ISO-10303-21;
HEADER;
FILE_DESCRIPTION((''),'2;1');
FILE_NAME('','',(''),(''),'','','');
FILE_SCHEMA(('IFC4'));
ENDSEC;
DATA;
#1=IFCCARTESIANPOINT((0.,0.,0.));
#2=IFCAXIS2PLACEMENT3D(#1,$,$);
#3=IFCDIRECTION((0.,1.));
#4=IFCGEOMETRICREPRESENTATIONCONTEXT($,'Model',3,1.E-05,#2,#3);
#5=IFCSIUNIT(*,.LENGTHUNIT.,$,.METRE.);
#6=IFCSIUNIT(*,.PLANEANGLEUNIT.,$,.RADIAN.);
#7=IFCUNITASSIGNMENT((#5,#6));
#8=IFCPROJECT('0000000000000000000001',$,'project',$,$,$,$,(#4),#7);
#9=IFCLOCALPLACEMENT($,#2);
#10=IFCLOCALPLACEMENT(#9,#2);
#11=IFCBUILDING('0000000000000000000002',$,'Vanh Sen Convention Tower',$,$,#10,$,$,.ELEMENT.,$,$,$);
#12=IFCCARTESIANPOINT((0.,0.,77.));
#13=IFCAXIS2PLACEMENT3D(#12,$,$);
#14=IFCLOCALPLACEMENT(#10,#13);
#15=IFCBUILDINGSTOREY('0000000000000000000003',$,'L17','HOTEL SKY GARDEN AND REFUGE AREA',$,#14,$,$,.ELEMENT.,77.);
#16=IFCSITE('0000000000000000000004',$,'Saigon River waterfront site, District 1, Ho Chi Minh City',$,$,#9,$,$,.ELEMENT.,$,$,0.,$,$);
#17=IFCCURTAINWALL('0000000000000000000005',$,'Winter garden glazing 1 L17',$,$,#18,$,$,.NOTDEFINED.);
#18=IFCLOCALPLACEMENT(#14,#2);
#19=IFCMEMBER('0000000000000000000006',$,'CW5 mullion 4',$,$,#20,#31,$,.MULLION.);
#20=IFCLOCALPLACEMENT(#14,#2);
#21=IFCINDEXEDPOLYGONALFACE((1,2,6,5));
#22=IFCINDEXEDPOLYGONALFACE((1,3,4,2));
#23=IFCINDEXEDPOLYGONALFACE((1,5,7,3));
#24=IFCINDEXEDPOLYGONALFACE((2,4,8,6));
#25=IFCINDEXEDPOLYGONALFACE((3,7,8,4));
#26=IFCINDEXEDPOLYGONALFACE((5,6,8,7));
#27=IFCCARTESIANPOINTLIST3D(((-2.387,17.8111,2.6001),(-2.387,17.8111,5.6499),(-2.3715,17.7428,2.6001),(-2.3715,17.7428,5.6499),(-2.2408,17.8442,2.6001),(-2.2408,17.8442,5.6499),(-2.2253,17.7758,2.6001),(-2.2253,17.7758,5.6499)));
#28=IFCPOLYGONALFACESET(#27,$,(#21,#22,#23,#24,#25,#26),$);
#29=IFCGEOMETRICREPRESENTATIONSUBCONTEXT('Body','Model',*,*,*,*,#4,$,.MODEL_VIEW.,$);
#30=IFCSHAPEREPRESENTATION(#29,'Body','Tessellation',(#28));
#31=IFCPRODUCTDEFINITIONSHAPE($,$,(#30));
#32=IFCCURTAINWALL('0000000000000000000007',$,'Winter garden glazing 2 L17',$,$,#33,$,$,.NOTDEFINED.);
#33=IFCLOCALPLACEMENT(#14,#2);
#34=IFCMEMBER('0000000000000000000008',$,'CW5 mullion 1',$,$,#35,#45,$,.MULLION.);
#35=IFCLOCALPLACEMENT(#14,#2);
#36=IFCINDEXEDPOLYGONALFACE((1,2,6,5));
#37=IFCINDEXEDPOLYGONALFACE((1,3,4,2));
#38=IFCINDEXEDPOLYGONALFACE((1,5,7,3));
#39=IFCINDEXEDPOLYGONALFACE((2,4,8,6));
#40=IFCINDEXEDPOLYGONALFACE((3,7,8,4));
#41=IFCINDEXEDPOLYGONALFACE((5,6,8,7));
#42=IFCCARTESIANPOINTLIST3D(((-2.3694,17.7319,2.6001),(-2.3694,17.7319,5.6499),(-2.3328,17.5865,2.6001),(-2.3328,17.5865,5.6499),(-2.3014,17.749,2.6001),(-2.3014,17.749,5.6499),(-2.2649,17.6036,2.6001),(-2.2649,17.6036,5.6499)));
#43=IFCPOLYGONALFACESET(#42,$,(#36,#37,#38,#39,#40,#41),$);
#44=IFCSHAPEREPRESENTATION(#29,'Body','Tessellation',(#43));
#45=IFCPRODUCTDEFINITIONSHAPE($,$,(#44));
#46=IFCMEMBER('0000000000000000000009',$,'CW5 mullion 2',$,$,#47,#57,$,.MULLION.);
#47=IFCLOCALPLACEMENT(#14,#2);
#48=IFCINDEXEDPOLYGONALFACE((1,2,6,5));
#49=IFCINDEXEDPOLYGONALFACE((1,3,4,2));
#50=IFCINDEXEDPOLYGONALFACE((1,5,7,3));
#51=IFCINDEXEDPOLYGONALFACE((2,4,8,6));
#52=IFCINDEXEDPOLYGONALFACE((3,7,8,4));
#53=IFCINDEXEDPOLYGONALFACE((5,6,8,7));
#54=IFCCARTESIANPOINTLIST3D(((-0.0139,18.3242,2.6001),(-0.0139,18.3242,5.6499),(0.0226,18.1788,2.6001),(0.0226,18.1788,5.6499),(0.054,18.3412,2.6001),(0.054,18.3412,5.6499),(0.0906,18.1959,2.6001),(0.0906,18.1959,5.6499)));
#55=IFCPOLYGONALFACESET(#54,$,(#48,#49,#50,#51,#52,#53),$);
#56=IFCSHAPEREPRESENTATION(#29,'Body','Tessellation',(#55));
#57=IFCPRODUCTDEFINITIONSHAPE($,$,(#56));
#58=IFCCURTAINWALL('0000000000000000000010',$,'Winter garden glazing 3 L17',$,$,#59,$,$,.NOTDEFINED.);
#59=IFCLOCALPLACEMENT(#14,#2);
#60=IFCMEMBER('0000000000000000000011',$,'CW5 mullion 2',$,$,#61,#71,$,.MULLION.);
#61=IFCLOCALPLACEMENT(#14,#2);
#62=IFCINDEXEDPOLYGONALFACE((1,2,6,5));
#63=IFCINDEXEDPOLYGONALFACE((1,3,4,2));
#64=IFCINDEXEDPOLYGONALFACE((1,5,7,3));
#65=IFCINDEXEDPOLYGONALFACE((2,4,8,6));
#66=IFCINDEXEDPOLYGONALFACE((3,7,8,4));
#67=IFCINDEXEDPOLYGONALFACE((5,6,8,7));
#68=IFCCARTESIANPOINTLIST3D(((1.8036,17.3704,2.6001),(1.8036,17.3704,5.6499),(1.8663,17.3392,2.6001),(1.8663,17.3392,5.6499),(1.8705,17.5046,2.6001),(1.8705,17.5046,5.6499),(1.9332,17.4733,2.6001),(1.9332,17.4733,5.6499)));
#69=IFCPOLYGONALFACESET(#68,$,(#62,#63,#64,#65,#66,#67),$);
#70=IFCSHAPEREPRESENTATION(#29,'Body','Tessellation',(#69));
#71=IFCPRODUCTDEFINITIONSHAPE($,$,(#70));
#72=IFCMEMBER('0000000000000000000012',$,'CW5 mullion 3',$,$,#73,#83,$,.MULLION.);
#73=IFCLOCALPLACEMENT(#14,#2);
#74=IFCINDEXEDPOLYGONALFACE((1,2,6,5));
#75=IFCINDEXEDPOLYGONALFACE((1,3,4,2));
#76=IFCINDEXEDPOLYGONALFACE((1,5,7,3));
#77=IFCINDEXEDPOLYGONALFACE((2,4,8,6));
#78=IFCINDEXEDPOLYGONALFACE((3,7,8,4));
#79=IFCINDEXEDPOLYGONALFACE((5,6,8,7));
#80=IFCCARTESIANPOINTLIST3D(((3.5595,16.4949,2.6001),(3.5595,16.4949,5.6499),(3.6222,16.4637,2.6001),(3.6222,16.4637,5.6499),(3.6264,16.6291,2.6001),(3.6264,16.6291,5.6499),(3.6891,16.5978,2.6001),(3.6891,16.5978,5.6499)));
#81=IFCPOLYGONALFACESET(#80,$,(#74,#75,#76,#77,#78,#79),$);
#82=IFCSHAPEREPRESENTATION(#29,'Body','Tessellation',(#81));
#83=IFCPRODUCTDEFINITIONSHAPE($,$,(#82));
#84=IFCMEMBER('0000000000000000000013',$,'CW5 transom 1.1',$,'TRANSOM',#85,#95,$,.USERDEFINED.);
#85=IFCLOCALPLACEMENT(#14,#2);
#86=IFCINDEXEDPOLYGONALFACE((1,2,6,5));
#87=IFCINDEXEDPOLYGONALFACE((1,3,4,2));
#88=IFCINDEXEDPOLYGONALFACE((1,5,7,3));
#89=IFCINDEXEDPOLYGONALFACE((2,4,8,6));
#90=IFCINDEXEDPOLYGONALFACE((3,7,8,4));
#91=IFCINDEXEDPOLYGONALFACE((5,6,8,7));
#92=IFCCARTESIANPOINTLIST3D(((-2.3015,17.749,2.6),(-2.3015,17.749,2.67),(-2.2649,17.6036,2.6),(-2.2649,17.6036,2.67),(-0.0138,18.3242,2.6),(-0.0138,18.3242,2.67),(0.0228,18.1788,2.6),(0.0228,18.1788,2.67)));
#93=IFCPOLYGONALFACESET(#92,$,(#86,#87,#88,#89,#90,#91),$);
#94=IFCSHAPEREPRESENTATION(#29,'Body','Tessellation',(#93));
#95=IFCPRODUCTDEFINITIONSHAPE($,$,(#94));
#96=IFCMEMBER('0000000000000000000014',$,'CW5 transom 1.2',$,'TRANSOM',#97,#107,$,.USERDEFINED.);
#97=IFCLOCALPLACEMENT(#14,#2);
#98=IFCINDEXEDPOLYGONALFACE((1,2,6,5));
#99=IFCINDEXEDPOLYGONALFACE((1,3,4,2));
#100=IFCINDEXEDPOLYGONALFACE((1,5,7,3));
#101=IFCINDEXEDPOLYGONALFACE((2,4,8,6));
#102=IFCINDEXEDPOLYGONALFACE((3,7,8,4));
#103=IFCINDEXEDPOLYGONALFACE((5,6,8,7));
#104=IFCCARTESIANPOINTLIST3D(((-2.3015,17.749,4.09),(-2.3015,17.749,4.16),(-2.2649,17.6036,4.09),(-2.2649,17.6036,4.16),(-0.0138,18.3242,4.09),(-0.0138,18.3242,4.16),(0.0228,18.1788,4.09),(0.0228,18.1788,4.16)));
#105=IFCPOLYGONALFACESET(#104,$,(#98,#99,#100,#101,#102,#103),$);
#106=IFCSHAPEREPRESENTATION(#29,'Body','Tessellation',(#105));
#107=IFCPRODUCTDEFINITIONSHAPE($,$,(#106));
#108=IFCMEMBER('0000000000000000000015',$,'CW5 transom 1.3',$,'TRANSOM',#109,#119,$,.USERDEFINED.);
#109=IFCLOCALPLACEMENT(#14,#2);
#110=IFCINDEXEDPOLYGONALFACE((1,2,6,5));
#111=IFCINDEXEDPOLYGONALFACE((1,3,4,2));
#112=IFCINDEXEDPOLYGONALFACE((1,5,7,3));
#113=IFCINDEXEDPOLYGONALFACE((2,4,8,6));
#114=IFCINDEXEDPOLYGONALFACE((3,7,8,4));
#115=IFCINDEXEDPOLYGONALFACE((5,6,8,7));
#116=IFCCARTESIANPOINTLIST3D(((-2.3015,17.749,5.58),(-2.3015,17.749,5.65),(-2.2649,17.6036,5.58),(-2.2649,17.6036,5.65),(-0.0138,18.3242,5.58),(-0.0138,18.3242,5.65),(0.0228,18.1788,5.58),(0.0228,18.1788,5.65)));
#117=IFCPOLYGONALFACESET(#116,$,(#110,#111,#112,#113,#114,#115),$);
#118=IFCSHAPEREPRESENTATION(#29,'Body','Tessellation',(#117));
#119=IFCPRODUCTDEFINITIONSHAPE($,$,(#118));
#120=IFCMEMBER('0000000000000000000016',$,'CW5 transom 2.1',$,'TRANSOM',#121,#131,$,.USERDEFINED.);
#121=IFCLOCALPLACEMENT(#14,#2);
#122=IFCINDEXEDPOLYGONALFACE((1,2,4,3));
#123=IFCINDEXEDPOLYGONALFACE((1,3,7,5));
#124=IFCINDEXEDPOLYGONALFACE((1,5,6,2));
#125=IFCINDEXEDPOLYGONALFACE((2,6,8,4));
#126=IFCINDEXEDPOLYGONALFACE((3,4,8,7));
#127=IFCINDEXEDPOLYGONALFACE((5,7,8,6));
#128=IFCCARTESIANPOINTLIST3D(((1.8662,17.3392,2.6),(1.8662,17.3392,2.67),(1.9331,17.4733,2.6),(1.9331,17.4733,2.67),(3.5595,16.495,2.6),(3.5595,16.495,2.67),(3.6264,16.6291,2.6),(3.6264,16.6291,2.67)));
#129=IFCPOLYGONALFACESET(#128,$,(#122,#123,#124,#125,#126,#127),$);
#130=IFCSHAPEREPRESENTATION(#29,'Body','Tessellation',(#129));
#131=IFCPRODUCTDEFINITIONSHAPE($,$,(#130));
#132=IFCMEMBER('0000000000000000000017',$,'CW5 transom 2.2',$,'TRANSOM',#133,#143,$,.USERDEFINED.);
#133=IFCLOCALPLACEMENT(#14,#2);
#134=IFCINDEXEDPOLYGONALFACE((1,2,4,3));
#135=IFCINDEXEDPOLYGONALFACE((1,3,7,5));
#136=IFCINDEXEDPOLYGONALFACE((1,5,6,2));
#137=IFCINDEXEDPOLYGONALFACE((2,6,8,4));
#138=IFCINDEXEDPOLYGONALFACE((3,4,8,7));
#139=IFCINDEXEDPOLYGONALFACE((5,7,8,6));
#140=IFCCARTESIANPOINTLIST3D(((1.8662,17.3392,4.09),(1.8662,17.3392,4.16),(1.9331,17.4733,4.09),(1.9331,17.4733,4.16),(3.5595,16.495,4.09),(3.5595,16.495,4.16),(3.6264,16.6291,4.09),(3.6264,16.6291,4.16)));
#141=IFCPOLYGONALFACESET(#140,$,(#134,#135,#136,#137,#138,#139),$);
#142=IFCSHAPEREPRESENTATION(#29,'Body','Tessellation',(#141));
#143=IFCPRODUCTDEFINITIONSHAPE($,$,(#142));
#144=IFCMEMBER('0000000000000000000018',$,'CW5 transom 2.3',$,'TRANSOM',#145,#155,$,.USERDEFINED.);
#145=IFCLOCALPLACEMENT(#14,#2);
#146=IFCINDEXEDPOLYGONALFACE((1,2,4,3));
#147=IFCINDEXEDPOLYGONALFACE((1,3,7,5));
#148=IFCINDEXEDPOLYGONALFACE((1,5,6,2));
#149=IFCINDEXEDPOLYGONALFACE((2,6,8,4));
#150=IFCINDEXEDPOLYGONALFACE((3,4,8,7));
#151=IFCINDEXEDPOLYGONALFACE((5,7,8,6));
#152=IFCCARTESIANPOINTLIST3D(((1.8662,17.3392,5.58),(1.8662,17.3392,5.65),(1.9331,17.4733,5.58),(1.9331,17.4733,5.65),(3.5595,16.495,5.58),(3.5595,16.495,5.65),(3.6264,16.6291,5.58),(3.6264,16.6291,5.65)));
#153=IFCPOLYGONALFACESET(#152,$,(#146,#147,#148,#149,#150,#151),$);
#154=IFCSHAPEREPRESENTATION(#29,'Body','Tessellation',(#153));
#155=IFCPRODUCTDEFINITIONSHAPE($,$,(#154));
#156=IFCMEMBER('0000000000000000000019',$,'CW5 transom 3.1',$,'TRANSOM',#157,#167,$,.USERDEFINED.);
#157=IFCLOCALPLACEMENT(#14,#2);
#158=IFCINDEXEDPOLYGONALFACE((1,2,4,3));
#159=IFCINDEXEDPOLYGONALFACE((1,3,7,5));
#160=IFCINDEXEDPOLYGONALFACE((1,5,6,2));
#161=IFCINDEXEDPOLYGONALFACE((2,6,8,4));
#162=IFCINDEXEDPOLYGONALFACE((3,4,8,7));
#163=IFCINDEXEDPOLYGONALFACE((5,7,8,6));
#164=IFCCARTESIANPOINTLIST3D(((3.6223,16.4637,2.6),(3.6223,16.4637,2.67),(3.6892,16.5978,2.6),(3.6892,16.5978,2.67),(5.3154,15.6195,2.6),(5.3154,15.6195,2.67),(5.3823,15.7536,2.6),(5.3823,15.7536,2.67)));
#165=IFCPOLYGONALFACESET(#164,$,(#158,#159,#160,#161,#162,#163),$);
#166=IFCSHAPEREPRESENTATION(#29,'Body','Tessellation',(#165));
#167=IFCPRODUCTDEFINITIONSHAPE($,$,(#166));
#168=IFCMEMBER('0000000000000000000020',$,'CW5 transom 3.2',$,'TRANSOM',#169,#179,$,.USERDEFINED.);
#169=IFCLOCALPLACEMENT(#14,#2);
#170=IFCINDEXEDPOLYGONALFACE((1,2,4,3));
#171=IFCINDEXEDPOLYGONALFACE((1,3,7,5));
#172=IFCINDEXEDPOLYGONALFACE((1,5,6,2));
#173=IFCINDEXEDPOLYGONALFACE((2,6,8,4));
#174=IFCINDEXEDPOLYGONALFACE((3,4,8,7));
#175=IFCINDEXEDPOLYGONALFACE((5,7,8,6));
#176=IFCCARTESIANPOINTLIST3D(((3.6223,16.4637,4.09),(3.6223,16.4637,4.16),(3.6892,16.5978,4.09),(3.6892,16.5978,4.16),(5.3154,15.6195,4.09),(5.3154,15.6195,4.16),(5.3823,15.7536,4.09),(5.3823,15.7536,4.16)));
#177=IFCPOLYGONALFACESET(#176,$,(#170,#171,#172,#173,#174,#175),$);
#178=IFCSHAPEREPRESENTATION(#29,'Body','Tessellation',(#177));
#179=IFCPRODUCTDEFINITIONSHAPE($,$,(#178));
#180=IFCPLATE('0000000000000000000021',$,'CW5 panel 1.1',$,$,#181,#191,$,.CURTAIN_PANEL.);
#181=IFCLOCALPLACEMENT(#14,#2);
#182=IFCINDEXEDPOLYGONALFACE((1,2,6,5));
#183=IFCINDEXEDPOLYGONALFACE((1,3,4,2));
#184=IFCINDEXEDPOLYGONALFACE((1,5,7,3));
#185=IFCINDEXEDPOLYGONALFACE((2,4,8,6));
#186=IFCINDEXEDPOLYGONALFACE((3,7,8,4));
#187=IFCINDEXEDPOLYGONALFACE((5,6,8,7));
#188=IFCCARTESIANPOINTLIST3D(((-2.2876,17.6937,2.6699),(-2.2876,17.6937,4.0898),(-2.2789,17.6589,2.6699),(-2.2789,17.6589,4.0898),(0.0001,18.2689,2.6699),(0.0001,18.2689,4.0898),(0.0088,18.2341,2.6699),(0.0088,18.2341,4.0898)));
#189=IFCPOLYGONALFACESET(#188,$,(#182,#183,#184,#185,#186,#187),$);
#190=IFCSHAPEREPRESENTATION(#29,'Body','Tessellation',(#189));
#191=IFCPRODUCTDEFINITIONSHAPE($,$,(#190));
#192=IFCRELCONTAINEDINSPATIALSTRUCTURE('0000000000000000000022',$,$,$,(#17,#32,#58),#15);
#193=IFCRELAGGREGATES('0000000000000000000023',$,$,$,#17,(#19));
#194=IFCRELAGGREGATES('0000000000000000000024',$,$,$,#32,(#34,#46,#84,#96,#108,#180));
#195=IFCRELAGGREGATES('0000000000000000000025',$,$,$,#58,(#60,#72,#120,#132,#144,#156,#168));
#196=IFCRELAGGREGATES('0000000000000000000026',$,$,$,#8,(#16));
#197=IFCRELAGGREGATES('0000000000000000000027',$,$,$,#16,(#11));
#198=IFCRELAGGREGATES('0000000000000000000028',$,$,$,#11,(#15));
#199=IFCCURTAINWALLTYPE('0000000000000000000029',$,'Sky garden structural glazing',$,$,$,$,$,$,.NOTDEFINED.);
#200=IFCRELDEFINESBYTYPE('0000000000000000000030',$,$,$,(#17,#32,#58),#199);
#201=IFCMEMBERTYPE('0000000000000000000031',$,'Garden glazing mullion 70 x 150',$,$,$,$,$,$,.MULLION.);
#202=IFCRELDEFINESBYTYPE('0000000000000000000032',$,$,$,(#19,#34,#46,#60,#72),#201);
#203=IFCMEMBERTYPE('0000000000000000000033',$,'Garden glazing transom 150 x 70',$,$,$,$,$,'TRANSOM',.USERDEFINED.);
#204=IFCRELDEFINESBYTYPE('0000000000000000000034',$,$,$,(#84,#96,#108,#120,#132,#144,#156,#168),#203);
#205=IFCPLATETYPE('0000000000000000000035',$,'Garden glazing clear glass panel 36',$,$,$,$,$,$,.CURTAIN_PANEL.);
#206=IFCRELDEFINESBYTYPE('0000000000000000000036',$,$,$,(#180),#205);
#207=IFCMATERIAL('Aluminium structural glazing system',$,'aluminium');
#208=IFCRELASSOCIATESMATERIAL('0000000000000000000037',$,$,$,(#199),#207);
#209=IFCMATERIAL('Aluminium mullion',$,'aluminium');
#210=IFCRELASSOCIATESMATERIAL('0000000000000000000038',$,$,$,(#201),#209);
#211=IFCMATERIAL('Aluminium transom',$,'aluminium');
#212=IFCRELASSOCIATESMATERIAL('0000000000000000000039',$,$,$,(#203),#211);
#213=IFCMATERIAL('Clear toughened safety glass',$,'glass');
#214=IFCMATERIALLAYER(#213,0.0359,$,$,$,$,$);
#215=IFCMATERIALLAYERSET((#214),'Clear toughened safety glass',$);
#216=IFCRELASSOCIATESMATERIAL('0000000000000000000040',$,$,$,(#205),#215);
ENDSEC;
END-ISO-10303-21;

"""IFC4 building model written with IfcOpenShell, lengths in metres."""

from ifc_helpers import new_model, si_unit, direction, frame, origin, origin_2d, place, context, subcontext, project, spatial, rectangle, extrude, material, layer, layer_set, material_profile, profile_set, type_object, element, aggregate, save


model = new_model("IFC4")

# Units and contexts
model_context = context("Model", 3, precision=1e-05, world=origin(), true_north=direction((0.0, 1.0)))
body_context = subcontext(model_context, "Body", "Model", "MODEL_VIEW")
ifc_project = project(units=[si_unit("LENGTHUNIT", "METRE"), si_unit("PLANEANGLEUNIT", "RADIAN")], contexts=[model_context])

# Site, building, storey
site_placement = place(None, origin())
site = spatial("IfcSite", under=ifc_project, at=site_placement, Name="Saigon River waterfront site, District 1, Ho Chi Minh City", CompositionType="ELEMENT", RefElevation=0.0)
building_placement = place(site_placement, origin())
building = spatial("IfcBuilding", under=site, at=building_placement, Name="Vanh Sen Convention Tower", CompositionType="ELEMENT")
storey_placement = place(building_placement, frame((0.0, 0.0, 77.0)))
storey = spatial("IfcBuildingStorey", under=building, at=storey_placement, Name="L17", Description="HOTEL SKY GARDEN AND REFUGE AREA", CompositionType="ELEMENT", Elevation=77.0)

# Curtain wall, member
ifc_material_1 = material(Name="Aluminium structural glazing system", Category="aluminium")
curtain_wall_type = type_object("IfcCurtainWallType", Name="Sky garden structural glazing", PredefinedType="NOTDEFINED", material=ifc_material_1)
curtain_wall_1_placement = place(storey_placement, origin())
curtain_wall_1 = element("IfcCurtainWall", 1, at=curtain_wall_1_placement, inside=storey, type_object=curtain_wall_type, Name="Winter garden glazing 1 L17", PredefinedType="NOTDEFINED")
ifc_material_2 = material(Name="Aluminium mullion", Category="aluminium")
ifc_material_profile_1 = material_profile(ifc_material_2, rectangle(XDim=0.1499, YDim=0.0701, at=origin_2d()), Name="Garden glazing mullion 70 x 150")
ifc_profile_set_1 = profile_set([ifc_material_profile_1], Name="Aluminium mullion")
member_type_1 = type_object("IfcMemberType", Name="Garden glazing mullion 70 x 150", PredefinedType="MULLION", material=ifc_profile_set_1)
member_1_placement = place(storey_placement, frame((-2.3062, 17.7935, 2.6001), z_axis=(0.0, 0.0, 1.0), x_axis=(0.975399, 0.220446, 0.0)))
member_1 = element("IfcMember", 2, at=member_1_placement, type_object=member_type_1, Name="CW5 mullion 4", PredefinedType="MULLION", context=body_context, shape_type="SweptSolid", body=[
    extrude(rectangle(XDim=0.1499, YDim=0.0701, at=origin_2d()), origin(), (0.0, 0.0, 1.0), 3.0498),
])
aggregate(curtain_wall_1, [member_1])

# Curtain walls, members
curtain_wall_2_placement = place(storey_placement, origin())
curtain_wall_2 = element("IfcCurtainWall", 3, at=curtain_wall_2_placement, inside=storey, type_object=curtain_wall_type, Name="Winter garden glazing 2 L17", PredefinedType="NOTDEFINED")
member_2_placement = place(storey_placement, frame((-2.3171, 17.6677, 2.6001), z_axis=(0.0, 0.0, 1.0), x_axis=(-0.243835, 0.969817, 0.0)))
member_2 = element("IfcMember", 4, at=member_2_placement, type_object=member_type_1, Name="CW5 mullion 1", PredefinedType="MULLION", context=body_context, shape_type="SweptSolid", body=[
    extrude(rectangle(XDim=0.1499, YDim=0.0701, at=origin_2d()), origin(), (0.0, 0.0, 1.0), 3.0498),
])
member_3_placement = place(storey_placement, frame((0.0383, 18.26, 2.6001), z_axis=(0.0, 0.0, 1.0), x_axis=(-0.243835, 0.969817, 0.0)))
member_3 = element("IfcMember", 5, at=member_3_placement, type_object=member_type_1, Name="CW5 mullion 2", PredefinedType="MULLION", context=body_context, shape_type="SweptSolid", body=[
    extrude(rectangle(XDim=0.1499, YDim=0.0701, at=origin_2d()), origin(), (0.0, 0.0, 1.0), 3.0498),
])
curtain_wall_3_placement = place(storey_placement, origin())
curtain_wall_3 = element("IfcCurtainWall", 6, at=curtain_wall_3_placement, inside=storey, type_object=curtain_wall_type, Name="Winter garden glazing 3 L17", PredefinedType="NOTDEFINED")
member_4_placement = place(storey_placement, frame((1.8684, 17.4219, 2.6001), z_axis=(0.0, 0.0, 1.0), x_axis=(0.446203, 0.894932, 0.0)))
member_4 = element("IfcMember", 7, at=member_4_placement, type_object=member_type_1, Name="CW5 mullion 2", PredefinedType="MULLION", context=body_context, shape_type="SweptSolid", body=[
    extrude(rectangle(XDim=0.1499, YDim=0.0701, at=origin_2d()), origin(), (0.0, 0.0, 1.0), 3.0498),
])
member_5_placement = place(storey_placement, frame((3.6243, 16.5464, 2.6001), z_axis=(0.0, 0.0, 1.0), x_axis=(0.446203, 0.894932, 0.0)))
member_5 = element("IfcMember", 8, at=member_5_placement, type_object=member_type_1, Name="CW5 mullion 3", PredefinedType="MULLION", context=body_context, shape_type="SweptSolid", body=[
    extrude(rectangle(XDim=0.1499, YDim=0.0701, at=origin_2d()), origin(), (0.0, 0.0, 1.0), 3.0498),
])

# Members
ifc_material_3 = material(Name="Aluminium transom", Category="aluminium")
ifc_material_profile_2 = material_profile(ifc_material_3, rectangle(XDim=0.1499, YDim=0.0701, at=origin_2d()), Name="Garden glazing transom 150 x 70")
ifc_profile_set_2 = profile_set([ifc_material_profile_2], Name="Aluminium transom")
member_type_2 = type_object("IfcMemberType", Name="Garden glazing transom 150 x 70", ElementType="TRANSOM", PredefinedType="USERDEFINED", material=ifc_profile_set_2)
member_6_placement = place(storey_placement, frame((-2.2832, 17.6763, 2.635), z_axis=(0.969813, 0.24385, 0.0), x_axis=(-0.24385, 0.969813, 0.0)))
member_6 = element("IfcMember", 9, at=member_6_placement, type_object=member_type_2, Name="CW5 transom 1.1", ObjectType="TRANSOM", PredefinedType="USERDEFINED", context=body_context, shape_type="SweptSolid", body=[
    extrude(rectangle(XDim=0.1499, YDim=0.0701, at=origin_2d()), origin(), (0.0, 0.0, 1.0), 2.3589),
])
member_7_placement = place(storey_placement, frame((-2.2832, 17.6763, 4.125), z_axis=(0.969813, 0.24385, 0.0), x_axis=(-0.24385, 0.969813, 0.0)))
member_7 = element("IfcMember", 10, at=member_7_placement, type_object=member_type_2, Name="CW5 transom 1.2", ObjectType="TRANSOM", PredefinedType="USERDEFINED", context=body_context, shape_type="SweptSolid", body=[
    extrude(rectangle(XDim=0.1499, YDim=0.0701, at=origin_2d()), origin(), (0.0, 0.0, 1.0), 2.3589),
])
member_8_placement = place(storey_placement, frame((-2.2832, 17.6763, 5.615), z_axis=(0.969813, 0.24385, 0.0), x_axis=(-0.24385, 0.969813, 0.0)))
member_8 = element("IfcMember", 11, at=member_8_placement, type_object=member_type_2, Name="CW5 transom 1.3", ObjectType="TRANSOM", PredefinedType="USERDEFINED", context=body_context, shape_type="SweptSolid", body=[
    extrude(rectangle(XDim=0.1499, YDim=0.0701, at=origin_2d()), origin(), (0.0, 0.0, 1.0), 2.3589),
])
member_9_placement = place(storey_placement, frame((1.8997, 17.4062, 2.635), z_axis=(0.894943, -0.446181, 0.0), x_axis=(0.446181, 0.894943, 0.0)))
member_9 = element("IfcMember", 12, at=member_9_placement, type_object=member_type_2, Name="CW5 transom 2.1", ObjectType="TRANSOM", PredefinedType="USERDEFINED", context=body_context, shape_type="SweptSolid", body=[
    extrude(rectangle(XDim=0.1499, YDim=0.0701, at=origin_2d()), origin(), (0.0, 0.0, 1.0), 1.8921),
])
member_10_placement = place(storey_placement, frame((1.8997, 17.4062, 4.125), z_axis=(0.894943, -0.446181, 0.0), x_axis=(0.446181, 0.894943, 0.0)))
member_10 = element("IfcMember", 13, at=member_10_placement, type_object=member_type_2, Name="CW5 transom 2.2", ObjectType="TRANSOM", PredefinedType="USERDEFINED", context=body_context, shape_type="SweptSolid", body=[
    extrude(rectangle(XDim=0.1499, YDim=0.0701, at=origin_2d()), origin(), (0.0, 0.0, 1.0), 1.8921),
])
member_11_placement = place(storey_placement, frame((1.8997, 17.4062, 5.615), z_axis=(0.894943, -0.446181, 0.0), x_axis=(0.446181, 0.894943, 0.0)))
member_11 = element("IfcMember", 14, at=member_11_placement, type_object=member_type_2, Name="CW5 transom 2.3", ObjectType="TRANSOM", PredefinedType="USERDEFINED", context=body_context, shape_type="SweptSolid", body=[
    extrude(rectangle(XDim=0.1499, YDim=0.0701, at=origin_2d()), origin(), (0.0, 0.0, 1.0), 1.8921),
])
member_12_placement = place(storey_placement, frame((3.6558, 16.5308, 2.635), z_axis=(0.894917, -0.446233, 0.0), x_axis=(0.446233, 0.894917, 0.0)))
member_12 = element("IfcMember", 15, at=member_12_placement, type_object=member_type_2, Name="CW5 transom 3.1", ObjectType="TRANSOM", PredefinedType="USERDEFINED", context=body_context, shape_type="SweptSolid", body=[
    extrude(rectangle(XDim=0.1499, YDim=0.0701, at=origin_2d()), origin(), (0.0, 0.0, 1.0), 1.8918),
])
member_13_placement = place(storey_placement, frame((3.6558, 16.5308, 4.125), z_axis=(0.894917, -0.446233, 0.0), x_axis=(0.446233, 0.894917, 0.0)))
member_13 = element("IfcMember", 16, at=member_13_placement, type_object=member_type_2, Name="CW5 transom 3.2", ObjectType="TRANSOM", PredefinedType="USERDEFINED", context=body_context, shape_type="SweptSolid", body=[
    extrude(rectangle(XDim=0.1499, YDim=0.0701, at=origin_2d()), origin(), (0.0, 0.0, 1.0), 1.8918),
])

# Plate
ifc_material_4 = material(Name="Clear toughened safety glass", Category="glass")
ifc_layer_1 = layer(ifc_material_4, 0.0359)
ifc_layer_set_1 = layer_set([ifc_layer_1], Name="Clear toughened safety glass")
plate_type = type_object("IfcPlateType", Name="Garden glazing clear glass panel 36", PredefinedType="CURTAIN_PANEL", material=ifc_layer_set_1)
plate_1_placement = place(storey_placement, frame((-1.1394, 17.9639, 2.6699), z_axis=(0.0, 0.0, 1.0), x_axis=(0.969817, 0.243835, 0.0)))
plate_1 = element("IfcPlate", 17, at=plate_1_placement, type_object=plate_type, Name="CW5 panel 1.1", PredefinedType="CURTAIN_PANEL", context=body_context, shape_type="SweptSolid", body=[
    extrude(rectangle(XDim=2.3589, YDim=0.0359, at=origin_2d()), origin(), (0.0, 0.0, 1.0), 1.4199),
])
aggregate(curtain_wall_2, [member_2, member_3, member_6, member_7, member_8, plate_1])
aggregate(curtain_wall_3, [member_4, member_5, member_9, member_10, member_11, member_12, member_13])

save(model, "model.ifc")
